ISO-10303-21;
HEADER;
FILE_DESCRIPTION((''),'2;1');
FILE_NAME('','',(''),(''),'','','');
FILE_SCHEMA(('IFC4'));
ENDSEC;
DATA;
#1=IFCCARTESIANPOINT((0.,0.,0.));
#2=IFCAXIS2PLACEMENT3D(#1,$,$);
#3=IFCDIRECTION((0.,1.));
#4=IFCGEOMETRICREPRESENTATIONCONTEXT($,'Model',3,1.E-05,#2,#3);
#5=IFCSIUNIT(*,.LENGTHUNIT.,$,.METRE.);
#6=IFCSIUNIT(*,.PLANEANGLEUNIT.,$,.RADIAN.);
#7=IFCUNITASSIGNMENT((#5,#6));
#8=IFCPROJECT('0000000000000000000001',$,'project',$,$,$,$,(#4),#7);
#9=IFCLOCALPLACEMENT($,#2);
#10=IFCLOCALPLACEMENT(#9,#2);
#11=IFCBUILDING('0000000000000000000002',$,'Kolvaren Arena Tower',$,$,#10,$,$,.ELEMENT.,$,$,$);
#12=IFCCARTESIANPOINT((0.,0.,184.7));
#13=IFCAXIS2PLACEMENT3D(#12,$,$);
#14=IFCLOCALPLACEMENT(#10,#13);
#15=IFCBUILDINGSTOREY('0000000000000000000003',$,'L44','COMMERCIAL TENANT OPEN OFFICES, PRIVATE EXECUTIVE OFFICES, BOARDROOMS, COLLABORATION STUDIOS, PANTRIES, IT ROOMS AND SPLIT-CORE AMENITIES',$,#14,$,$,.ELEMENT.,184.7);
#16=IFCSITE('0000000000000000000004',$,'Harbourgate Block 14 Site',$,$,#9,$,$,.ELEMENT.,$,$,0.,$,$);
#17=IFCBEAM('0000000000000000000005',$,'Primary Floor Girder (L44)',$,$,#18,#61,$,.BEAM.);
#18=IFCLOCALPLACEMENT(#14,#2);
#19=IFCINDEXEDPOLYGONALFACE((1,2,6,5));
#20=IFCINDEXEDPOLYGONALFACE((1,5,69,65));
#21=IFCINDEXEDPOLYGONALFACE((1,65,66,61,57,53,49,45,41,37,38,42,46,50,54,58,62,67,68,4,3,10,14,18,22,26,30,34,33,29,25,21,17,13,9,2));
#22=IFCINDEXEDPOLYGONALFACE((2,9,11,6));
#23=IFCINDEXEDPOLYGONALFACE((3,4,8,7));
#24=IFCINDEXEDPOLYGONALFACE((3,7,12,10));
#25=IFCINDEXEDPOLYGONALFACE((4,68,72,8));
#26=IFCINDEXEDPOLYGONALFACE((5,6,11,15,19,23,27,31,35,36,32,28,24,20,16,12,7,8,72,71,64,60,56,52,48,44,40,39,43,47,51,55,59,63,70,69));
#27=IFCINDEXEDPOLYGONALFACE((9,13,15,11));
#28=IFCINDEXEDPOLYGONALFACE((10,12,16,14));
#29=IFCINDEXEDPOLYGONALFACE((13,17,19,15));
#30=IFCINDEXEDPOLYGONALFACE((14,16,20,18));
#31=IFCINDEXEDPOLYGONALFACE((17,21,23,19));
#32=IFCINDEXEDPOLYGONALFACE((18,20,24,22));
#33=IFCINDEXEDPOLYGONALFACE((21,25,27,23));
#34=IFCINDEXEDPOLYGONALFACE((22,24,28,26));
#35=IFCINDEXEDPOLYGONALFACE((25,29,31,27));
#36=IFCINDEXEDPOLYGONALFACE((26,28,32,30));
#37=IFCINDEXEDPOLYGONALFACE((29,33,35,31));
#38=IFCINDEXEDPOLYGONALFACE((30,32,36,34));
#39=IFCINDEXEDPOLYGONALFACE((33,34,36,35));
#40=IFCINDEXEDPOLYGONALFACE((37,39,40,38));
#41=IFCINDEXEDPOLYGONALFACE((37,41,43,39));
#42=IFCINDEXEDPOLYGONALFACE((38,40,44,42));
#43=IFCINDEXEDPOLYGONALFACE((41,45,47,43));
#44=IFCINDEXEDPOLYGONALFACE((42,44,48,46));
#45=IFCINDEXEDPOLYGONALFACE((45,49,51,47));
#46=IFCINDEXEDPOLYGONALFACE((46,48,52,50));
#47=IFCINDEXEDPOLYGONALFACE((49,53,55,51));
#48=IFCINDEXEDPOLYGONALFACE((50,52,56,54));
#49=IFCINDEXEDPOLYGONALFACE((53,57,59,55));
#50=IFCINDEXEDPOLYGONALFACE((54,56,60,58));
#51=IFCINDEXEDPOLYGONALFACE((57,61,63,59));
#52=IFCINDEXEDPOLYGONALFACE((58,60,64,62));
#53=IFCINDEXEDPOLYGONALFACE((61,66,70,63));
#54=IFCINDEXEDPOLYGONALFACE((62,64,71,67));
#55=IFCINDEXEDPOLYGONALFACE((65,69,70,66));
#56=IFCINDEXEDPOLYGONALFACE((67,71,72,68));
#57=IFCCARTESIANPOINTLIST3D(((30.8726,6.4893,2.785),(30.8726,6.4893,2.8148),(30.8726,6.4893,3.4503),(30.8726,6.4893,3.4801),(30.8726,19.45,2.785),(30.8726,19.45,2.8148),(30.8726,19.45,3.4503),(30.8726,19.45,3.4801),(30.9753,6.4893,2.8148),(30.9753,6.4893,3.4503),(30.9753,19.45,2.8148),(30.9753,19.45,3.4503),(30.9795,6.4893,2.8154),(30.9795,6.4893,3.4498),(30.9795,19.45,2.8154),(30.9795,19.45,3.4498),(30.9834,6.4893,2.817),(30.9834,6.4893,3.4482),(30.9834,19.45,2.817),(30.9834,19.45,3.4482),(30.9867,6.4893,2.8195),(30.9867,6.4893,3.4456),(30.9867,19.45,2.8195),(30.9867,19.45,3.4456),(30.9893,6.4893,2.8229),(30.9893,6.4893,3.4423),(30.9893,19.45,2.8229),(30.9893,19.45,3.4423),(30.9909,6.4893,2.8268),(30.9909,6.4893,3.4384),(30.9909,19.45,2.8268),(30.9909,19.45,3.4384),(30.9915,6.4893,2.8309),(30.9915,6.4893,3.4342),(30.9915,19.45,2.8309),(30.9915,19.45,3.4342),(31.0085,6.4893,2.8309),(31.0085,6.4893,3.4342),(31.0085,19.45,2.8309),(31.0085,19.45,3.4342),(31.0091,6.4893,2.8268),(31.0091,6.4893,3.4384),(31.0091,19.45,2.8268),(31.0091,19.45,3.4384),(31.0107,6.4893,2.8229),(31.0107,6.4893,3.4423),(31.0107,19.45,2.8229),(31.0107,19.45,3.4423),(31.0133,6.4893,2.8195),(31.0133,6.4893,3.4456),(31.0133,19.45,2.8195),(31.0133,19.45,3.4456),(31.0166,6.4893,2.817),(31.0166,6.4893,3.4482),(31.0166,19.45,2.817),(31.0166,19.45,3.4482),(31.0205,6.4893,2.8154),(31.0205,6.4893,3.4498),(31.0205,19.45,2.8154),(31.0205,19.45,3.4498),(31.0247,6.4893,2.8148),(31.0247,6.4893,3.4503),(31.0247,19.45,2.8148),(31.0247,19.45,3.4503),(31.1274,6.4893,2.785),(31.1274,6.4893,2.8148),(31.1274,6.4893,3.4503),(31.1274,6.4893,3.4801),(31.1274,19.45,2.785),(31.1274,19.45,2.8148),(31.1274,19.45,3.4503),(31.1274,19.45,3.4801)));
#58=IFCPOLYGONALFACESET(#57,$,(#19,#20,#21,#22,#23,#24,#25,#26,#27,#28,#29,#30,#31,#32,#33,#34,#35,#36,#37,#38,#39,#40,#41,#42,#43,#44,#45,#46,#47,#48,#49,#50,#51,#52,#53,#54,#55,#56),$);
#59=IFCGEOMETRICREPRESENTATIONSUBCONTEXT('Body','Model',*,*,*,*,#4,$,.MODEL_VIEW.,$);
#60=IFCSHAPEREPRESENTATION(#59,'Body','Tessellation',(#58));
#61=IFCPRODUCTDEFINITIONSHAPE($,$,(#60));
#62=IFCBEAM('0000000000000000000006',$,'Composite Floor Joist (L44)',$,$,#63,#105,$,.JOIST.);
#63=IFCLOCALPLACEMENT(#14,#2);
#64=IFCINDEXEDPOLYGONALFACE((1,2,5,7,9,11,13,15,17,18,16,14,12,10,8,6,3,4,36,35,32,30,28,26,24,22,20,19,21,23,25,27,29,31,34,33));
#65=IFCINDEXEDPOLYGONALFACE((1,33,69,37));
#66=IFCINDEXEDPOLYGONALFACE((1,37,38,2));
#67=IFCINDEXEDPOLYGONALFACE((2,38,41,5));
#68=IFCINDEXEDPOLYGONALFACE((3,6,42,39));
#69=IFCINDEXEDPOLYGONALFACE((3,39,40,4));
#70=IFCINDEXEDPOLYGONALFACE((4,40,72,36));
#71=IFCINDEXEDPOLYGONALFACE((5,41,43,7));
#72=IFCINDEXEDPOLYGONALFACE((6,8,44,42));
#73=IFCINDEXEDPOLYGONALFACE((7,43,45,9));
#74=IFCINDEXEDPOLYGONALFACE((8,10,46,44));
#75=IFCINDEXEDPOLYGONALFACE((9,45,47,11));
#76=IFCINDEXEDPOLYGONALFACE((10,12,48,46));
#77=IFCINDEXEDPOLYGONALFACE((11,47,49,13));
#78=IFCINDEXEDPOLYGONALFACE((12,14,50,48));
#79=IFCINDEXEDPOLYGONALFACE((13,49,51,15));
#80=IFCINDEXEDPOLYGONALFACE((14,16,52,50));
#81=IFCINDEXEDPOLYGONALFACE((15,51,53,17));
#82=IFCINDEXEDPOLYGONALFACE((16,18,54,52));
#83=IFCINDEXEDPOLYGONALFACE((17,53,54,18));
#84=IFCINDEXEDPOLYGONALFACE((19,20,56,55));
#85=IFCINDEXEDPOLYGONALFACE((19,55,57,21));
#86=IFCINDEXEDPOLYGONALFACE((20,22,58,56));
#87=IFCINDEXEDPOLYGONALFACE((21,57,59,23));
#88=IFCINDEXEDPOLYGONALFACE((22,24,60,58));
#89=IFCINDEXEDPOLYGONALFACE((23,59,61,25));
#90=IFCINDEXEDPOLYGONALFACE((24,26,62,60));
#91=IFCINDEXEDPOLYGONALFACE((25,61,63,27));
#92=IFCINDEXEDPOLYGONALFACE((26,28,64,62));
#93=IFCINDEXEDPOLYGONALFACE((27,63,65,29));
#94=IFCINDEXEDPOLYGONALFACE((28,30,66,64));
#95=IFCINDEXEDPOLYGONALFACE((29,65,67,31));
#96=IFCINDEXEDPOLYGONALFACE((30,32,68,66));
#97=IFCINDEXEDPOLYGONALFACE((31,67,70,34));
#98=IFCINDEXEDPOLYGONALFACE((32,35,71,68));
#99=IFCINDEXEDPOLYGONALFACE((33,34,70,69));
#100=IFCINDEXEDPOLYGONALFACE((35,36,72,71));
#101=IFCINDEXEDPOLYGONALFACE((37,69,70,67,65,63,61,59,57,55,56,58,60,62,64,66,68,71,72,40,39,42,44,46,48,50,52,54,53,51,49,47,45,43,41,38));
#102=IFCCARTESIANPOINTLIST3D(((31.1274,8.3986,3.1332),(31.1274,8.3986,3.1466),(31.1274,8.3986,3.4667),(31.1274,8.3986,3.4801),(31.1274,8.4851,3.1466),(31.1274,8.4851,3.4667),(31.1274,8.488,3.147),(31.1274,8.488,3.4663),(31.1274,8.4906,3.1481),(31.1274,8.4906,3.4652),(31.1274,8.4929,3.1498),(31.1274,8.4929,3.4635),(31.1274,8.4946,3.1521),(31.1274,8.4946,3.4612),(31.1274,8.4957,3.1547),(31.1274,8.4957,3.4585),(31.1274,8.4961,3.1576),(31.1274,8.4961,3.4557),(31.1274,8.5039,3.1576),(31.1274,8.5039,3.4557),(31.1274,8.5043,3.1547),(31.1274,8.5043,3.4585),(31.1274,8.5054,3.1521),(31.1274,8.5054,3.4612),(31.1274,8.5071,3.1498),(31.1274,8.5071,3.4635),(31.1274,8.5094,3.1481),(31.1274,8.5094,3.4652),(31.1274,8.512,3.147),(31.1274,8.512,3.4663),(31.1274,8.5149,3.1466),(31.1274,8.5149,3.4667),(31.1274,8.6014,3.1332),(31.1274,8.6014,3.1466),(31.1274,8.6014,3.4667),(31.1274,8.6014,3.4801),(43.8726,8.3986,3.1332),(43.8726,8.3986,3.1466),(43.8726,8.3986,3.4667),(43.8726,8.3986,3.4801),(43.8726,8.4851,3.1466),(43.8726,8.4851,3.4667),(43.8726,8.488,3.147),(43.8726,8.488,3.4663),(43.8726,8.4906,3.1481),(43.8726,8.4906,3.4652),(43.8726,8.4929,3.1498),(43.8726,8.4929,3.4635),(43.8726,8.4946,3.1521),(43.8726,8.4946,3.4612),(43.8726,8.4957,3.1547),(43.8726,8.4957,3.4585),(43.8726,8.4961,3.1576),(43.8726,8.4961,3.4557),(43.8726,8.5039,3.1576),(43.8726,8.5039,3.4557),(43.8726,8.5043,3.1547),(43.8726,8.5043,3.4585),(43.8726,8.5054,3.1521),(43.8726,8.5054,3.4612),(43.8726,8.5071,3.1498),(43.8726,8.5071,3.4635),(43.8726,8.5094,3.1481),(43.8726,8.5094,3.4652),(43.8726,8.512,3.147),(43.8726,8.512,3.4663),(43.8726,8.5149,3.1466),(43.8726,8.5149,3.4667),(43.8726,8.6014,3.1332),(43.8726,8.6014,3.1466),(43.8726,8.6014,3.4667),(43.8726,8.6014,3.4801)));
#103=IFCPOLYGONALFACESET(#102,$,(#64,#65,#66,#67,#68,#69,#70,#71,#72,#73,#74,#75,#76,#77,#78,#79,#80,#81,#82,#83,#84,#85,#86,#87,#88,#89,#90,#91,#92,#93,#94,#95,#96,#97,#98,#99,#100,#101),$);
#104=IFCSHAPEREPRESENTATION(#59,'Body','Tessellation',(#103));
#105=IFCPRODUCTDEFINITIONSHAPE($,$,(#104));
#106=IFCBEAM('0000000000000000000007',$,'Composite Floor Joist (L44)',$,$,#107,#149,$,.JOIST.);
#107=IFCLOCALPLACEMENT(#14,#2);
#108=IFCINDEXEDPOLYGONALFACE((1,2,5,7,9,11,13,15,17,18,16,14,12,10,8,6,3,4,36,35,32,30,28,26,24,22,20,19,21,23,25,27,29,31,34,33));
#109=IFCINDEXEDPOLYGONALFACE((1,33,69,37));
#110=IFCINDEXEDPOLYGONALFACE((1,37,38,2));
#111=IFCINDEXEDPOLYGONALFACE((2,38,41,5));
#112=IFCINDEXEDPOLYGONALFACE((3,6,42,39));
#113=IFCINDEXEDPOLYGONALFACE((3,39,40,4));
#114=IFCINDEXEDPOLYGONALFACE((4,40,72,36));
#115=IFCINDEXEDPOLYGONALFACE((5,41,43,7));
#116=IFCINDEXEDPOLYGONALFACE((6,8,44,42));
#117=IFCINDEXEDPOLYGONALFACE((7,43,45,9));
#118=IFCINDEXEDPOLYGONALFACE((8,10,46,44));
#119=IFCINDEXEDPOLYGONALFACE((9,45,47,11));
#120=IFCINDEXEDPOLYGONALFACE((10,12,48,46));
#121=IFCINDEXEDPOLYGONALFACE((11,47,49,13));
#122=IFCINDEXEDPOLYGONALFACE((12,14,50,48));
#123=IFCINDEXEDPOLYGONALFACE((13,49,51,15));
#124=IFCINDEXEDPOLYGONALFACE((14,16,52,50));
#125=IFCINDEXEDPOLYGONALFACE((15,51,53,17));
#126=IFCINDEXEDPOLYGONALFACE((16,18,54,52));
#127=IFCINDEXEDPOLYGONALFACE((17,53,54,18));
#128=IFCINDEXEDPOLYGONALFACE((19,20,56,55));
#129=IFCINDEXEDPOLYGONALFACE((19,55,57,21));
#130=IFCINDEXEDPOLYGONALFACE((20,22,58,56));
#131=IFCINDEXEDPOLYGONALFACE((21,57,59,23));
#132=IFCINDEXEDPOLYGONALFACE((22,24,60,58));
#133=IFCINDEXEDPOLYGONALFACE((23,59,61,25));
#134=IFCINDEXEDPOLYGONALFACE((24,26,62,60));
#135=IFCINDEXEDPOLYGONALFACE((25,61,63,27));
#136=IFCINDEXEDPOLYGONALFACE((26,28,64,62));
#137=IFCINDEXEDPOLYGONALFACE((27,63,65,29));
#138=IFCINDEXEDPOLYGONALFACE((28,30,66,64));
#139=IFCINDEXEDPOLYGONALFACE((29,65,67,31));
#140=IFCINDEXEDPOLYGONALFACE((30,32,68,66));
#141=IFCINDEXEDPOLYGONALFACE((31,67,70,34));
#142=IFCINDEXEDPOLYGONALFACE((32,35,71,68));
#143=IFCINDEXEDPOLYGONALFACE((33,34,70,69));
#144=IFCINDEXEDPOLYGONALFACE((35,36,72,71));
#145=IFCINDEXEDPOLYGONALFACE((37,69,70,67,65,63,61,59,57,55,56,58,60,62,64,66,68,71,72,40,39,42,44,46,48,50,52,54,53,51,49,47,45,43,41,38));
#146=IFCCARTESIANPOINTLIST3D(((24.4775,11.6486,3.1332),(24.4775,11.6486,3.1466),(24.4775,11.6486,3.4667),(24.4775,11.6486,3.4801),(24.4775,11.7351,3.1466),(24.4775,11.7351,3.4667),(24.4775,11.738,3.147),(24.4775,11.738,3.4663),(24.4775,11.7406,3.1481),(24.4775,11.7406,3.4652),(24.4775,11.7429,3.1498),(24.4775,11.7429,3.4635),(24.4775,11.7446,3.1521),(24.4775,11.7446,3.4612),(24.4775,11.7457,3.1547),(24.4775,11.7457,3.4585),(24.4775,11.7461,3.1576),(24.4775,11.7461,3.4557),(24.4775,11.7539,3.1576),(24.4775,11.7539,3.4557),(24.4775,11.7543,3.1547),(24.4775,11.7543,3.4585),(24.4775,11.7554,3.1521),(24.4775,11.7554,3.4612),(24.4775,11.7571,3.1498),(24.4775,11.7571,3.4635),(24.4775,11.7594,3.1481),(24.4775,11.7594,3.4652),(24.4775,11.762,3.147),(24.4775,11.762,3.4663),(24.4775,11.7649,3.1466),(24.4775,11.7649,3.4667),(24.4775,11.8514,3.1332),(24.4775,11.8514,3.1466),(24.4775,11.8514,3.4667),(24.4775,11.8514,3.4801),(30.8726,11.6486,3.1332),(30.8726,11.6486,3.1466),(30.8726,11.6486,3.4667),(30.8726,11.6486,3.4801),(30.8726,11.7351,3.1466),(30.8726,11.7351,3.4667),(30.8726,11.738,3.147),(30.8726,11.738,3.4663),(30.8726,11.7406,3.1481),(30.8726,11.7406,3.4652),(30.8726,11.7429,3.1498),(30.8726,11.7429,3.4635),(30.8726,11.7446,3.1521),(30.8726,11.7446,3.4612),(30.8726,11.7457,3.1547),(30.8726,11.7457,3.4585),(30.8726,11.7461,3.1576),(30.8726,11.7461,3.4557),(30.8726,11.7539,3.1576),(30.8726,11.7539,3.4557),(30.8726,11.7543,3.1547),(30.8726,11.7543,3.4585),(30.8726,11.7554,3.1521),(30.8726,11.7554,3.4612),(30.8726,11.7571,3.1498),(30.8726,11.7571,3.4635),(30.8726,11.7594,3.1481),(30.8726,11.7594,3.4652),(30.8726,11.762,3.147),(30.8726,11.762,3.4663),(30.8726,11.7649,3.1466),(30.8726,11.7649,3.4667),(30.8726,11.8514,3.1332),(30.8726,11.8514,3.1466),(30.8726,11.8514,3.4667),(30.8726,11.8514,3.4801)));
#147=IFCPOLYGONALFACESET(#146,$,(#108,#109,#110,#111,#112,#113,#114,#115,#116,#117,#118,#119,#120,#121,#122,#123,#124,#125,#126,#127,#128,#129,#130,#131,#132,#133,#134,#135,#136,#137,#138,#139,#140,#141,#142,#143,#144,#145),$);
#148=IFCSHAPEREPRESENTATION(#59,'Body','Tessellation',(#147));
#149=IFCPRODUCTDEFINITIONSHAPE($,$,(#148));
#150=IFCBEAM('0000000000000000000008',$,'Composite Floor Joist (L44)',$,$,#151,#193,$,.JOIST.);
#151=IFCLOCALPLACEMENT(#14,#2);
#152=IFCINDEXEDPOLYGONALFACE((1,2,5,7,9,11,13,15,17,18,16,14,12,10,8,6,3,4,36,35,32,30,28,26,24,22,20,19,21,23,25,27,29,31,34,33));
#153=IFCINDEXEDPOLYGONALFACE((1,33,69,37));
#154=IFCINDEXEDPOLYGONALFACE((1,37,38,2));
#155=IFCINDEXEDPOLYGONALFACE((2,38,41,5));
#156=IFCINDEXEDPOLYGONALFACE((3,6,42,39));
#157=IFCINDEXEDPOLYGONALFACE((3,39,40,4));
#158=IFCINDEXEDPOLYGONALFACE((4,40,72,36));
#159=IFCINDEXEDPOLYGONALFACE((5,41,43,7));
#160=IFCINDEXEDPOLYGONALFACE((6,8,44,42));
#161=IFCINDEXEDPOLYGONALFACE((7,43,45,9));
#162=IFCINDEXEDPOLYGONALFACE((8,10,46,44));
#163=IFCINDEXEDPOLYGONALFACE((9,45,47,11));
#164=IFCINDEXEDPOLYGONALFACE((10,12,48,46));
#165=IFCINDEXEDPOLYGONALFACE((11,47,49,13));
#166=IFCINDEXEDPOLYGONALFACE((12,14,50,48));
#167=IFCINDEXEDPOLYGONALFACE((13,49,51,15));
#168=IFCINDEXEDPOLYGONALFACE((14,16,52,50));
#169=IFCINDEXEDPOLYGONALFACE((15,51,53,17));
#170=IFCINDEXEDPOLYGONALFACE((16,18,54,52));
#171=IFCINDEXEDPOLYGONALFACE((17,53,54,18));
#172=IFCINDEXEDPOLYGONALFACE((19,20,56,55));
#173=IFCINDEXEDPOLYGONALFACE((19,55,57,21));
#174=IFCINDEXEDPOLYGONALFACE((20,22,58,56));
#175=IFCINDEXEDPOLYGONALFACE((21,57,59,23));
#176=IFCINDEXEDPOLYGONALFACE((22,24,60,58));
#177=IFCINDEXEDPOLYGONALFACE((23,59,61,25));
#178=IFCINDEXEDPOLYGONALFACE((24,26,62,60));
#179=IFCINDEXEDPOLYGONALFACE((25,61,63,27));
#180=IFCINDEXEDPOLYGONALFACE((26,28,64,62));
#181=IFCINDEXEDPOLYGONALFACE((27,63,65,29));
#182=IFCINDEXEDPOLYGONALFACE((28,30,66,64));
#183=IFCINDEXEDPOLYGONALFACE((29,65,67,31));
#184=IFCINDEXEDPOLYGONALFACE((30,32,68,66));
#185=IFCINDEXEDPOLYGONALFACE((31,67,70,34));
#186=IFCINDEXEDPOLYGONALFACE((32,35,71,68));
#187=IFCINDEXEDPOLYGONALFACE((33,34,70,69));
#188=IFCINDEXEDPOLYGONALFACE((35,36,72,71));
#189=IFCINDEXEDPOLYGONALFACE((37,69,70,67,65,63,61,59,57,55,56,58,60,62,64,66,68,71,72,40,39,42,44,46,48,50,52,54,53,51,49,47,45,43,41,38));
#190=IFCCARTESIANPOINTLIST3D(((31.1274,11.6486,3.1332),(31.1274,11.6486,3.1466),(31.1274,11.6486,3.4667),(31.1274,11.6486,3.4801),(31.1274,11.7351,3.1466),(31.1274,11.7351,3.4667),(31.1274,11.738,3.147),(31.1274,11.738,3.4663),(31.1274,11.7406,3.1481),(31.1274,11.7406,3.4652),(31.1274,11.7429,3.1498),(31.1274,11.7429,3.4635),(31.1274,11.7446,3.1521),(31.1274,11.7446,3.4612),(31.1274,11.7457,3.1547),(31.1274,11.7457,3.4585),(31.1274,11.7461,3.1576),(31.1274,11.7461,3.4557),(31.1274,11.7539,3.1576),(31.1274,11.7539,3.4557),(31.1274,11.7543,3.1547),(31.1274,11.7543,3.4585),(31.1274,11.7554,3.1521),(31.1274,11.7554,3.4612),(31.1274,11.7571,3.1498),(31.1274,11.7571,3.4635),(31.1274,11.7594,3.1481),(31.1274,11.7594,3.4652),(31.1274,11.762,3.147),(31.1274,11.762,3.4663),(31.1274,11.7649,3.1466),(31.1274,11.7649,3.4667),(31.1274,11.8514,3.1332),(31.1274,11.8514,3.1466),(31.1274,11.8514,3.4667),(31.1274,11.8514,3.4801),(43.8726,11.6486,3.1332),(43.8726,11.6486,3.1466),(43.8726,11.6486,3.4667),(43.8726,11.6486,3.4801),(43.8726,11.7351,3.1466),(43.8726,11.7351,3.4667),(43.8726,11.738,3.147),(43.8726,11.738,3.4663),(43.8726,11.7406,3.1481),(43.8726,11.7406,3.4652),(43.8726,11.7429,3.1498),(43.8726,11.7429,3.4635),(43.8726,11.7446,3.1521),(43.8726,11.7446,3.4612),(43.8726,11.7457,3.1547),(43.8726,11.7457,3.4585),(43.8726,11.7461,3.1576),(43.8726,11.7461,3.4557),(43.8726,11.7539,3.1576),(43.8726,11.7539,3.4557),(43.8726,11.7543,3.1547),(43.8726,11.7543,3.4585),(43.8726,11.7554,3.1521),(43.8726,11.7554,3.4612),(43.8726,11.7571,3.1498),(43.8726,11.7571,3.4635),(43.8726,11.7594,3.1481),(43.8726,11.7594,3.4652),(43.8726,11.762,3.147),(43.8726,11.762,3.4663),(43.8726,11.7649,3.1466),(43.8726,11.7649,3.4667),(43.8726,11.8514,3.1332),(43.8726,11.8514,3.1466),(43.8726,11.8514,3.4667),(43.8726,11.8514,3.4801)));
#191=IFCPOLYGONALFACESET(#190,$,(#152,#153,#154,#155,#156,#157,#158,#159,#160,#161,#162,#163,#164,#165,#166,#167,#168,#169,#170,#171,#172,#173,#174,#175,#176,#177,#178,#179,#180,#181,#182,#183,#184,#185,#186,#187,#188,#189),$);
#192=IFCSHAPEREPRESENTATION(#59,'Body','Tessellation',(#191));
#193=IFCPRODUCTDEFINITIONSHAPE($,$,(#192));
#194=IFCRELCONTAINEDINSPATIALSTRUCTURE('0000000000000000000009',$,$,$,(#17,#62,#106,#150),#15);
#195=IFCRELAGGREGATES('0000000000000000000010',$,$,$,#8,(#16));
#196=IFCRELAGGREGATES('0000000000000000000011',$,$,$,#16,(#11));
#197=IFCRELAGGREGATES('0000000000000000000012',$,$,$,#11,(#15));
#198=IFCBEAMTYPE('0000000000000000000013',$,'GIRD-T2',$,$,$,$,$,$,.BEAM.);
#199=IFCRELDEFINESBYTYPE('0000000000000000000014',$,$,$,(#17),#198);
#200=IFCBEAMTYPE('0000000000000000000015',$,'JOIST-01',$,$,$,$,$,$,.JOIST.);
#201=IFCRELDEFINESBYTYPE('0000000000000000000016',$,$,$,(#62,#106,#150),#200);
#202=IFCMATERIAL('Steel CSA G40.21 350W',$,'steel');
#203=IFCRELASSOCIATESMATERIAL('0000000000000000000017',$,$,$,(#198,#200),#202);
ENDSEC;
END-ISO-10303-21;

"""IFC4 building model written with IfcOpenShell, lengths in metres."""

from ifc_helpers import new_model, si_unit, direction, frame, origin, origin_2d, place, context, subcontext, project, spatial, i_section, extrude, material, material_profile, profile_set, type_object, element, save


model = new_model("IFC4")

# Units and contexts
model_context = context("Model", 3, precision=1e-05, world=origin(), true_north=direction((0.0, 1.0)))
body_context = subcontext(model_context, "Body", "Model", "MODEL_VIEW")
ifc_project = project(units=[si_unit("LENGTHUNIT", "METRE"), si_unit("PLANEANGLEUNIT", "RADIAN")], contexts=[model_context])

# Site, building, storey
site_placement = place(None, origin())
site = spatial("IfcSite", under=ifc_project, at=site_placement, Name="Harbourgate Block 14 Site", CompositionType="ELEMENT", RefElevation=0.0)
building_placement = place(site_placement, origin())
building = spatial("IfcBuilding", under=site, at=building_placement, Name="Kolvaren Arena Tower", CompositionType="ELEMENT")
storey_placement = place(building_placement, frame((0.0, 0.0, 184.7)))
storey = spatial("IfcBuildingStorey", under=building, at=storey_placement, Name="L44", Description="COMMERCIAL TENANT OPEN OFFICES, PRIVATE EXECUTIVE OFFICES, BOARDROOMS, COLLABORATION STUDIOS, PANTRIES, IT ROOMS AND SPLIT-CORE AMENITIES", CompositionType="ELEMENT", Elevation=184.7)

# Beams
ifc_material_1 = material(Name="Steel CSA G40.21 350W", Category="steel")
ifc_material_profile_1 = material_profile(ifc_material_1, i_section(OverallWidth=0.2549, OverallDepth=0.6951, WebThickness=0.0171, FlangeThickness=0.0298, FilletRadius=0.0161, at=origin_2d()), Name="W690x217")
ifc_profile_set_1 = profile_set([ifc_material_profile_1], Name="Steel CSA G40.21 350W")
beam_type_1 = type_object("IfcBeamType", Name="GIRD-T2", PredefinedType="BEAM", material=ifc_profile_set_1)
beam_1_placement = place(storey_placement, frame((31.0, 6.4893, 3.1326), z_axis=(0.0, 1.0, 0.0), x_axis=(-1.0, 0.0, 0.0)))
element("IfcBeam", 1, at=beam_1_placement, inside=storey, type_object=beam_type_1, Name="Primary Floor Girder (L44)", PredefinedType="BEAM", context=body_context, shape_type="SweptSolid", body=[
    extrude(i_section(OverallWidth=0.2549, OverallDepth=0.6951, WebThickness=0.0171, FlangeThickness=0.0298, FilletRadius=0.0161, at=origin_2d()), origin(), (0.0, 0.0, 1.0), 12.9607),
])
ifc_material_profile_2 = material_profile(ifc_material_1, i_section(OverallWidth=0.2029, OverallDepth=0.3469, WebThickness=0.0078, FlangeThickness=0.0134, FilletRadius=0.011, at=origin_2d()), Name="W360x64")
ifc_profile_set_2 = profile_set([ifc_material_profile_2], Name="Steel CSA G40.21 350W")
beam_type_2 = type_object("IfcBeamType", Name="JOIST-01", PredefinedType="JOIST", material=ifc_profile_set_2)
beam_2_placement = place(storey_placement, frame((31.1274, 8.5, 3.3066), z_axis=(1.0, 0.0, 0.0), x_axis=(0.0, 1.0, 0.0)))
element("IfcBeam", 2, at=beam_2_placement, inside=storey, type_object=beam_type_2, Name="Composite Floor Joist (L44)", PredefinedType="JOIST", context=body_context, shape_type="SweptSolid", body=[
    extrude(i_section(OverallWidth=0.2029, OverallDepth=0.3469, WebThickness=0.0078, FlangeThickness=0.0134, FilletRadius=0.011, at=origin_2d()), origin(), (0.0, 0.0, 1.0), 12.7451),
])
beam_3_placement = place(storey_placement, frame((24.4775, 11.75, 3.3066), z_axis=(1.0, 0.0, 0.0), x_axis=(0.0, 1.0, 0.0)))
element("IfcBeam", 3, at=beam_3_placement, inside=storey, type_object=beam_type_2, Name="Composite Floor Joist (L44)", PredefinedType="JOIST", context=body_context, shape_type="SweptSolid", body=[
    extrude(i_section(OverallWidth=0.2029, OverallDepth=0.3469, WebThickness=0.0078, FlangeThickness=0.0134, FilletRadius=0.011, at=origin_2d()), origin(), (0.0, 0.0, 1.0), 6.395),
])
beam_4_placement = place(storey_placement, frame((31.1274, 11.75, 3.3066), z_axis=(1.0, 0.0, 0.0), x_axis=(0.0, 1.0, 0.0)))
element("IfcBeam", 4, at=beam_4_placement, inside=storey, type_object=beam_type_2, Name="Composite Floor Joist (L44)", PredefinedType="JOIST", context=body_context, shape_type="SweptSolid", body=[
    extrude(i_section(OverallWidth=0.2029, OverallDepth=0.3469, WebThickness=0.0078, FlangeThickness=0.0134, FilletRadius=0.011, at=origin_2d()), origin(), (0.0, 0.0, 1.0), 12.7451),
])

save(model, "model.ifc")
